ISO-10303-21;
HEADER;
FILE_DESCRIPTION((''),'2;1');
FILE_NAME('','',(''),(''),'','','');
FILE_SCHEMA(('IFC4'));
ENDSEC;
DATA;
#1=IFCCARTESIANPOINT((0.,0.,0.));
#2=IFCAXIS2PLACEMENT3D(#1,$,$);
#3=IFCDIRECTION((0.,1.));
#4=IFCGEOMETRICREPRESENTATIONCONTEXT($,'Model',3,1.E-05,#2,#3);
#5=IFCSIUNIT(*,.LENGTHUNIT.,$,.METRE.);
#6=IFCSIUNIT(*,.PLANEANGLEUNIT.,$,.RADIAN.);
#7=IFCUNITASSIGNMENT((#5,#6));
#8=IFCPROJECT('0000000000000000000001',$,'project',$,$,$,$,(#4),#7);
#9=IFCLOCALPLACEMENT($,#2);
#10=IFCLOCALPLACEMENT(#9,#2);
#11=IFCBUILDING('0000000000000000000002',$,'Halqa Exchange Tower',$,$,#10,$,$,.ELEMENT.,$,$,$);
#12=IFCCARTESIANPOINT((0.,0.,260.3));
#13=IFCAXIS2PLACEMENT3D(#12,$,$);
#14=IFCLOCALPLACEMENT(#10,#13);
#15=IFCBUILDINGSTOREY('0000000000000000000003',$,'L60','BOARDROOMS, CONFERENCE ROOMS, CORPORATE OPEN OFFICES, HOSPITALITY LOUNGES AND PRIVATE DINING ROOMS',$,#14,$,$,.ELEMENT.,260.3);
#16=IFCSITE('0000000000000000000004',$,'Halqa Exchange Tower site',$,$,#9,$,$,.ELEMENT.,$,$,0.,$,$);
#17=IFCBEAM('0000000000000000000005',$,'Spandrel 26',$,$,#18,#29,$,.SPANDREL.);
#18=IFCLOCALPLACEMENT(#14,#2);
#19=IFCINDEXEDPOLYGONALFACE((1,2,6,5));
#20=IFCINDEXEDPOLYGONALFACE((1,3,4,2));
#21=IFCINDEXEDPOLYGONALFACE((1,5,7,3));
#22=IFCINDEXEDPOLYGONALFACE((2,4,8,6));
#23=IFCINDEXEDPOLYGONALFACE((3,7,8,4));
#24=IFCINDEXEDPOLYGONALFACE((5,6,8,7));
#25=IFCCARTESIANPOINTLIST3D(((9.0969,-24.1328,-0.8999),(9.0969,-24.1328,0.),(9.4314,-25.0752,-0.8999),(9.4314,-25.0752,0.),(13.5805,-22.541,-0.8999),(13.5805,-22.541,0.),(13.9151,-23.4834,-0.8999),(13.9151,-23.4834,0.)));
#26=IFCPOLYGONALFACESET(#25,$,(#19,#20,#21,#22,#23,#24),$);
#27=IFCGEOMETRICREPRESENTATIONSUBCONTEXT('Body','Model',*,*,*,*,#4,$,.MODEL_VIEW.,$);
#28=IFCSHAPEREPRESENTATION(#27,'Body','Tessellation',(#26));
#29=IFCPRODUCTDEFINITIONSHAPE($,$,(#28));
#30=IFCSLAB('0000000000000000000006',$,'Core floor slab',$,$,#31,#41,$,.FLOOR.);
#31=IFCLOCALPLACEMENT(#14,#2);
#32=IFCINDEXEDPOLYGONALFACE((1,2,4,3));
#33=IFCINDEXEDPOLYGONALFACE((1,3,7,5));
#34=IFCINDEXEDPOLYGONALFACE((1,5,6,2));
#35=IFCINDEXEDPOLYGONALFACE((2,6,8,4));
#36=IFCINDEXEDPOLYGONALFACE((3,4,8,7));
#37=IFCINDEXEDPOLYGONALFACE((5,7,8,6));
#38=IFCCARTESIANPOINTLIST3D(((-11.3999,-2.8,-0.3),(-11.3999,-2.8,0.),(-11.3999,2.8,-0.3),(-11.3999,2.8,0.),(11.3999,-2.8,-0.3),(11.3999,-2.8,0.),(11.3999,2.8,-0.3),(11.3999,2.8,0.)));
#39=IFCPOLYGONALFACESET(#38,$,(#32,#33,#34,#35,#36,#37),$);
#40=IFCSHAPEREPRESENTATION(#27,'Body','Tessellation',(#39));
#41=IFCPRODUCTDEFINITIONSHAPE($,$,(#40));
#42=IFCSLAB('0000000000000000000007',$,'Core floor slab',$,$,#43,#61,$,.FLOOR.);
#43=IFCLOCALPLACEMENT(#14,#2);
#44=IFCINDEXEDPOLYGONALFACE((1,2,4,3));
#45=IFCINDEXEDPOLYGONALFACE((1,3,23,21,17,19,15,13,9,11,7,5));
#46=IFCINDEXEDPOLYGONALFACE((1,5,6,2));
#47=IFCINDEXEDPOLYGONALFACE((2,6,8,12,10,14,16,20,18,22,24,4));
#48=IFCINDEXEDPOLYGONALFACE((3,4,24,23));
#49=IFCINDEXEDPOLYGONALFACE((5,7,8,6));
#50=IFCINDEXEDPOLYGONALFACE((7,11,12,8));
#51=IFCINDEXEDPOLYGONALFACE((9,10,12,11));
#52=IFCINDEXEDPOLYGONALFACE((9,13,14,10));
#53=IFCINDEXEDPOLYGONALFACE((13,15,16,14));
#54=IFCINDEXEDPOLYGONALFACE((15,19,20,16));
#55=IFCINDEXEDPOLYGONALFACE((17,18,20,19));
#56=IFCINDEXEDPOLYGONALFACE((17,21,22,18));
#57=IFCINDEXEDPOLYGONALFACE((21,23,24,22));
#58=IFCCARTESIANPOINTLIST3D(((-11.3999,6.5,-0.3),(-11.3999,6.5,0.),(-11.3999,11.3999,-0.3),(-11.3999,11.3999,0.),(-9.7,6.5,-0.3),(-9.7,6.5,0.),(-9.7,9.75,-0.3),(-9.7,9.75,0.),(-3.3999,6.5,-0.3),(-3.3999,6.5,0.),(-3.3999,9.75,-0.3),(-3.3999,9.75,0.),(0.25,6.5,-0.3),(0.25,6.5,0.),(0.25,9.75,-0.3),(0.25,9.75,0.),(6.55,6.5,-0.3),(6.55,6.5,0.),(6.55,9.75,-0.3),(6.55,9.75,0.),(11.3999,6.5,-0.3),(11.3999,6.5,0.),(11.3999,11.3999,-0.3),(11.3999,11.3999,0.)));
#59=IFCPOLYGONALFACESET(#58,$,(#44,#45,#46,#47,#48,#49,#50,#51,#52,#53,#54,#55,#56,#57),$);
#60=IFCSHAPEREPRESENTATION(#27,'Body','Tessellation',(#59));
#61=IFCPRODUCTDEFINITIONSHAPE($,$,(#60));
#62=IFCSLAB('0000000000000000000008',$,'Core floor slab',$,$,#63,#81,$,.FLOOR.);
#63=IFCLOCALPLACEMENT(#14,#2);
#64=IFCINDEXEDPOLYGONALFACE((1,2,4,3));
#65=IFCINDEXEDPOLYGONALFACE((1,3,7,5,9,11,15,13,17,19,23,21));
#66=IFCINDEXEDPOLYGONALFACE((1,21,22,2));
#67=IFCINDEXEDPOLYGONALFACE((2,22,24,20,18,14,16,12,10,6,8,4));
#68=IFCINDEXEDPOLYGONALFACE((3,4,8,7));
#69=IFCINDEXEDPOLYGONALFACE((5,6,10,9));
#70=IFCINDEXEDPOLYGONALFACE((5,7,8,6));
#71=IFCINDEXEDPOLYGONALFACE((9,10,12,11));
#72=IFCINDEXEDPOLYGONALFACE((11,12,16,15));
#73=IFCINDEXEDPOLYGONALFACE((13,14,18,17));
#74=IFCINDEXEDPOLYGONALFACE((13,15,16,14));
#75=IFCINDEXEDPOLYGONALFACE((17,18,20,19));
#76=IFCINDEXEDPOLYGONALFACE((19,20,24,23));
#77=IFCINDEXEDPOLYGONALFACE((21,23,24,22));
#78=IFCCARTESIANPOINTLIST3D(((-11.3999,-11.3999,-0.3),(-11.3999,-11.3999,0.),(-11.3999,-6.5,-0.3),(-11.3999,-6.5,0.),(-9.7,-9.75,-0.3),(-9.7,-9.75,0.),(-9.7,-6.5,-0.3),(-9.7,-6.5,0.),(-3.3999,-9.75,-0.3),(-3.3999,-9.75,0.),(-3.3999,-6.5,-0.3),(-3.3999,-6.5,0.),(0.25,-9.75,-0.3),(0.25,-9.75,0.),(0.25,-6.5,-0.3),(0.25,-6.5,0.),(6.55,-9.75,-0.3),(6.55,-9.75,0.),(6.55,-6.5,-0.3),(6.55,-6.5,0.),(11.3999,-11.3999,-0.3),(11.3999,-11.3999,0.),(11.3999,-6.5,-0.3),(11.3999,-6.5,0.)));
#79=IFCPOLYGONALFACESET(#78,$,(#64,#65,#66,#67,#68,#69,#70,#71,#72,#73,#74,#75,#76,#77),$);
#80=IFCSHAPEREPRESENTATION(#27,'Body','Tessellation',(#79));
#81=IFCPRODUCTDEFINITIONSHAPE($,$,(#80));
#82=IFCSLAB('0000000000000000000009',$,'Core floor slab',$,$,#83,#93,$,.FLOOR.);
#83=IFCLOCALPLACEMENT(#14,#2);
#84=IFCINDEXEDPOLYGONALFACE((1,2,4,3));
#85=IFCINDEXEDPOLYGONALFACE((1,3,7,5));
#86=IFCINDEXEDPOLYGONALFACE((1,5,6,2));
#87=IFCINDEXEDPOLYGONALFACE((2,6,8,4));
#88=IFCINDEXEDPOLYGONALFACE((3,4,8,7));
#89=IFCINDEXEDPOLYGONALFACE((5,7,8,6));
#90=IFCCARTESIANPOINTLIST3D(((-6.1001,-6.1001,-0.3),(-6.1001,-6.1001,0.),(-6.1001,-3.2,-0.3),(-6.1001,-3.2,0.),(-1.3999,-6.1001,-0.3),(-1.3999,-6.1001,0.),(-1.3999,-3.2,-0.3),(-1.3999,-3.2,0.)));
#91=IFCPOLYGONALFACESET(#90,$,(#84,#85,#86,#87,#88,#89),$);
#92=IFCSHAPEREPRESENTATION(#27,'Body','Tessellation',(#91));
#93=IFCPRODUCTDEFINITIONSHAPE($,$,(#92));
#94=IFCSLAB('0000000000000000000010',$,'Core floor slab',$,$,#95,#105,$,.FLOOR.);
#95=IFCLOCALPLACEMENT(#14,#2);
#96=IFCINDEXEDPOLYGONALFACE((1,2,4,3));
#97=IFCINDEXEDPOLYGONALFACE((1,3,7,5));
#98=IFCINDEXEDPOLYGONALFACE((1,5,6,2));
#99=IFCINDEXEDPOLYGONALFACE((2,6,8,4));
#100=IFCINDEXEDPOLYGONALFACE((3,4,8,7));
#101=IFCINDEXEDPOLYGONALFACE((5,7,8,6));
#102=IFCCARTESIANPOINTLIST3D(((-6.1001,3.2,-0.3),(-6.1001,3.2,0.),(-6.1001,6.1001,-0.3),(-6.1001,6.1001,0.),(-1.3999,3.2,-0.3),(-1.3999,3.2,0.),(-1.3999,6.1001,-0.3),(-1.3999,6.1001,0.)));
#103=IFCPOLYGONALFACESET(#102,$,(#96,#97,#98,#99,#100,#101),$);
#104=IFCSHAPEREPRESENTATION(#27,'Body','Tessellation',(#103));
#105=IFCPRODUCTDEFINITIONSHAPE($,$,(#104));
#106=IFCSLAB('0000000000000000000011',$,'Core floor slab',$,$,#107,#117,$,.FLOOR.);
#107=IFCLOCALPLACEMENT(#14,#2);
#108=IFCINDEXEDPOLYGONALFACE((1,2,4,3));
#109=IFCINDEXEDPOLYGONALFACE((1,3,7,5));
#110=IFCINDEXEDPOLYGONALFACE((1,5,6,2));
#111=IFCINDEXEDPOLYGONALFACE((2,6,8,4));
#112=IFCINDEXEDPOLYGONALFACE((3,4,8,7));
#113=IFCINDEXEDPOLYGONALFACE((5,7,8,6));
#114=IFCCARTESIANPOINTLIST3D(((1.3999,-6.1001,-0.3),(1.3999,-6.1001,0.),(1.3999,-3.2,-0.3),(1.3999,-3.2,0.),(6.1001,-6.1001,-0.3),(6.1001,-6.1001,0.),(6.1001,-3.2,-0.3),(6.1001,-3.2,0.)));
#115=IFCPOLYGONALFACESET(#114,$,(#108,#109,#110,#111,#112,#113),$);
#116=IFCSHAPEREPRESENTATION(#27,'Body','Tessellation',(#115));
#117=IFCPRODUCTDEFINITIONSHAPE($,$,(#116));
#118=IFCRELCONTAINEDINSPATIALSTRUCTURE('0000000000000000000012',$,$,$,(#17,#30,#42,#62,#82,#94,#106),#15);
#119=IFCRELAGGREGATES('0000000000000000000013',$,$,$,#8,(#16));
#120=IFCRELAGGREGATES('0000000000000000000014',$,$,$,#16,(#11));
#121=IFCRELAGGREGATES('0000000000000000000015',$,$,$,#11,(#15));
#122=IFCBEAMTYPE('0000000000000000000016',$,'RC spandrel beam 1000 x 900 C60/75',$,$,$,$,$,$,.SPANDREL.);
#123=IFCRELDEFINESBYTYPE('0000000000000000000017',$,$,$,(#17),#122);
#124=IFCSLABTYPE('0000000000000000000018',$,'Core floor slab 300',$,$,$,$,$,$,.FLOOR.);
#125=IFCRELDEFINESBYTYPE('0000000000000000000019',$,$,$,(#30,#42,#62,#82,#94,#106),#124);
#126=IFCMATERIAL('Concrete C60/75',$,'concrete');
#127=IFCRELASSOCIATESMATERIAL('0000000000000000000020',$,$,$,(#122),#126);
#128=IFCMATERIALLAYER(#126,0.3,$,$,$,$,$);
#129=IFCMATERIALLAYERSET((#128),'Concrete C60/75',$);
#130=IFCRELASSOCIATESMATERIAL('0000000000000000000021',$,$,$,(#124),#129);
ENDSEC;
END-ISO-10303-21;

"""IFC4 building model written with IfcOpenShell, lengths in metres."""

from ifc_helpers import new_model, si_unit, direction, frame, origin, origin_2d, place, context, subcontext, project, spatial, polyline, rectangle, outline, extrude, material, layer, layer_set, material_profile, profile_set, type_object, element, save


model = new_model("IFC4")

# Units and contexts
model_context = context("Model", 3, precision=1e-05, world=origin(), true_north=direction((0.0, 1.0)))
body_context = subcontext(model_context, "Body", "Model", "MODEL_VIEW")
ifc_project = project(units=[si_unit("LENGTHUNIT", "METRE"), si_unit("PLANEANGLEUNIT", "RADIAN")], contexts=[model_context])

# Site, building, storey
site_placement = place(None, origin())
site = spatial("IfcSite", under=ifc_project, at=site_placement, Name="Halqa Exchange Tower site", CompositionType="ELEMENT", RefElevation=0.0)
building_placement = place(site_placement, origin())
building = spatial("IfcBuilding", under=site, at=building_placement, Name="Halqa Exchange Tower", CompositionType="ELEMENT")
storey_placement = place(building_placement, frame((0.0, 0.0, 260.3)))
storey = spatial("IfcBuildingStorey", under=building, at=storey_placement, Name="L60", Description="BOARDROOMS, CONFERENCE ROOMS, CORPORATE OPEN OFFICES, HOSPITALITY LOUNGES AND PRIVATE DINING ROOMS", CompositionType="ELEMENT", Elevation=260.3)

# Shared definitions
ifc_material_1 = material(Name="Concrete C60/75", Category="concrete")

# Beam
ifc_material_profile_1 = material_profile(ifc_material_1, rectangle(XDim=1.0, YDim=0.8999, at=origin_2d()), Name="1000 x 900")
ifc_profile_set_1 = profile_set([ifc_material_profile_1], Name="Concrete C60/75")
beam_type_1 = type_object("IfcBeamType", Name="RC spandrel beam 1000 x 900 C60/75", PredefinedType="SPANDREL", material=ifc_profile_set_1)
beam_1_placement = place(storey_placement, frame((9.2642, -24.604, -0.45), z_axis=(0.942373, 0.334564, 0.0), x_axis=(-0.334564, 0.942373, 0.0)))
element("IfcBeam", 1, at=beam_1_placement, inside=storey, type_object=beam_type_1, Name="Spandrel 26", PredefinedType="SPANDREL", context=body_context, shape_type="SweptSolid", body=[
    extrude(rectangle(XDim=1.0, YDim=0.8999, at=origin_2d()), origin(), (0.0, 0.0, 1.0), 4.7578),
])

# Slabs
ifc_layer_1 = layer(ifc_material_1, 0.3)
ifc_layer_set_1 = layer_set([ifc_layer_1], Name="Concrete C60/75")
slab_type_1 = type_object("IfcSlabType", Name="Core floor slab 300", PredefinedType="FLOOR", material=ifc_layer_set_1)
slab_1_placement = place(storey_placement, frame((0.0, 0.0, -0.3)))
element("IfcSlab", 2, at=slab_1_placement, inside=storey, type_object=slab_type_1, Name="Core floor slab", PredefinedType="FLOOR", context=body_context, shape_type="SweptSolid", body=[
    extrude(outline(polyline([(-11.3999, 2.8), (11.3999, 2.8), (11.3999, -2.8), (-11.3999, -2.8), (-11.3999, 2.8)])), origin(), (0.0, 0.0, 1.0), 0.3),
])
slab_2_placement = place(storey_placement, frame((0.0, 0.0, -0.3)))
element("IfcSlab", 3, at=slab_2_placement, inside=storey, type_object=slab_type_1, Name="Core floor slab", PredefinedType="FLOOR", context=body_context, shape_type="SweptSolid", body=[
    extrude(outline(polyline([(-11.3999, 11.3999), (11.3999, 11.3999), (11.3999, 6.5), (6.55, 6.5), (6.55, 9.75), (0.25, 9.75), (0.25, 6.5), (-3.3999, 6.5), (-3.3999, 9.75), (-9.7, 9.75), (-9.7, 6.5), (-11.3999, 6.5), (-11.3999, 11.3999)])), origin(), (0.0, 0.0, 1.0), 0.3),
])
slab_3_placement = place(storey_placement, frame((0.0, 0.0, -0.3)))
element("IfcSlab", 4, at=slab_3_placement, inside=storey, type_object=slab_type_1, Name="Core floor slab", PredefinedType="FLOOR", context=body_context, shape_type="SweptSolid", body=[
    extrude(outline(polyline([(-11.3999, -6.5), (-9.7, -6.5), (-9.7, -9.75), (-3.3999, -9.75), (-3.3999, -6.5), (0.25, -6.5), (0.25, -9.75), (6.55, -9.75), (6.55, -6.5), (11.3999, -6.5), (11.3999, -11.3999), (-11.3999, -11.3999), (-11.3999, -6.5)])), origin(), (0.0, 0.0, 1.0), 0.3),
])
slab_4_placement = place(storey_placement, frame((0.0, 0.0, -0.3)))
element("IfcSlab", 5, at=slab_4_placement, inside=storey, type_object=slab_type_1, Name="Core floor slab", PredefinedType="FLOOR", context=body_context, shape_type="SweptSolid", body=[
    extrude(outline(polyline([(-1.3999, -3.2), (-1.3999, -6.1001), (-6.1001, -6.1001), (-6.1001, -3.2), (-1.3999, -3.2)])), origin(), (0.0, 0.0, 1.0), 0.3),
])
slab_5_placement = place(storey_placement, frame((0.0, 0.0, -0.3)))
element("IfcSlab", 6, at=slab_5_placement, inside=storey, type_object=slab_type_1, Name="Core floor slab", PredefinedType="FLOOR", context=body_context, shape_type="SweptSolid", body=[
    extrude(outline(polyline([(-1.3999, 3.2), (-6.1001, 3.2), (-6.1001, 6.1001), (-1.3999, 6.1001), (-1.3999, 3.2)])), origin(), (0.0, 0.0, 1.0), 0.3),
])
slab_6_placement = place(storey_placement, frame((0.0, 0.0, -0.3)))
element("IfcSlab", 7, at=slab_6_placement, inside=storey, type_object=slab_type_1, Name="Core floor slab", PredefinedType="FLOOR", context=body_context, shape_type="SweptSolid", body=[
    extrude(outline(polyline([(6.1001, -3.2), (6.1001, -6.1001), (1.3999, -6.1001), (1.3999, -3.2), (6.1001, -3.2)])), origin(), (0.0, 0.0, 1.0), 0.3),
])

save(model, "model.ifc")
